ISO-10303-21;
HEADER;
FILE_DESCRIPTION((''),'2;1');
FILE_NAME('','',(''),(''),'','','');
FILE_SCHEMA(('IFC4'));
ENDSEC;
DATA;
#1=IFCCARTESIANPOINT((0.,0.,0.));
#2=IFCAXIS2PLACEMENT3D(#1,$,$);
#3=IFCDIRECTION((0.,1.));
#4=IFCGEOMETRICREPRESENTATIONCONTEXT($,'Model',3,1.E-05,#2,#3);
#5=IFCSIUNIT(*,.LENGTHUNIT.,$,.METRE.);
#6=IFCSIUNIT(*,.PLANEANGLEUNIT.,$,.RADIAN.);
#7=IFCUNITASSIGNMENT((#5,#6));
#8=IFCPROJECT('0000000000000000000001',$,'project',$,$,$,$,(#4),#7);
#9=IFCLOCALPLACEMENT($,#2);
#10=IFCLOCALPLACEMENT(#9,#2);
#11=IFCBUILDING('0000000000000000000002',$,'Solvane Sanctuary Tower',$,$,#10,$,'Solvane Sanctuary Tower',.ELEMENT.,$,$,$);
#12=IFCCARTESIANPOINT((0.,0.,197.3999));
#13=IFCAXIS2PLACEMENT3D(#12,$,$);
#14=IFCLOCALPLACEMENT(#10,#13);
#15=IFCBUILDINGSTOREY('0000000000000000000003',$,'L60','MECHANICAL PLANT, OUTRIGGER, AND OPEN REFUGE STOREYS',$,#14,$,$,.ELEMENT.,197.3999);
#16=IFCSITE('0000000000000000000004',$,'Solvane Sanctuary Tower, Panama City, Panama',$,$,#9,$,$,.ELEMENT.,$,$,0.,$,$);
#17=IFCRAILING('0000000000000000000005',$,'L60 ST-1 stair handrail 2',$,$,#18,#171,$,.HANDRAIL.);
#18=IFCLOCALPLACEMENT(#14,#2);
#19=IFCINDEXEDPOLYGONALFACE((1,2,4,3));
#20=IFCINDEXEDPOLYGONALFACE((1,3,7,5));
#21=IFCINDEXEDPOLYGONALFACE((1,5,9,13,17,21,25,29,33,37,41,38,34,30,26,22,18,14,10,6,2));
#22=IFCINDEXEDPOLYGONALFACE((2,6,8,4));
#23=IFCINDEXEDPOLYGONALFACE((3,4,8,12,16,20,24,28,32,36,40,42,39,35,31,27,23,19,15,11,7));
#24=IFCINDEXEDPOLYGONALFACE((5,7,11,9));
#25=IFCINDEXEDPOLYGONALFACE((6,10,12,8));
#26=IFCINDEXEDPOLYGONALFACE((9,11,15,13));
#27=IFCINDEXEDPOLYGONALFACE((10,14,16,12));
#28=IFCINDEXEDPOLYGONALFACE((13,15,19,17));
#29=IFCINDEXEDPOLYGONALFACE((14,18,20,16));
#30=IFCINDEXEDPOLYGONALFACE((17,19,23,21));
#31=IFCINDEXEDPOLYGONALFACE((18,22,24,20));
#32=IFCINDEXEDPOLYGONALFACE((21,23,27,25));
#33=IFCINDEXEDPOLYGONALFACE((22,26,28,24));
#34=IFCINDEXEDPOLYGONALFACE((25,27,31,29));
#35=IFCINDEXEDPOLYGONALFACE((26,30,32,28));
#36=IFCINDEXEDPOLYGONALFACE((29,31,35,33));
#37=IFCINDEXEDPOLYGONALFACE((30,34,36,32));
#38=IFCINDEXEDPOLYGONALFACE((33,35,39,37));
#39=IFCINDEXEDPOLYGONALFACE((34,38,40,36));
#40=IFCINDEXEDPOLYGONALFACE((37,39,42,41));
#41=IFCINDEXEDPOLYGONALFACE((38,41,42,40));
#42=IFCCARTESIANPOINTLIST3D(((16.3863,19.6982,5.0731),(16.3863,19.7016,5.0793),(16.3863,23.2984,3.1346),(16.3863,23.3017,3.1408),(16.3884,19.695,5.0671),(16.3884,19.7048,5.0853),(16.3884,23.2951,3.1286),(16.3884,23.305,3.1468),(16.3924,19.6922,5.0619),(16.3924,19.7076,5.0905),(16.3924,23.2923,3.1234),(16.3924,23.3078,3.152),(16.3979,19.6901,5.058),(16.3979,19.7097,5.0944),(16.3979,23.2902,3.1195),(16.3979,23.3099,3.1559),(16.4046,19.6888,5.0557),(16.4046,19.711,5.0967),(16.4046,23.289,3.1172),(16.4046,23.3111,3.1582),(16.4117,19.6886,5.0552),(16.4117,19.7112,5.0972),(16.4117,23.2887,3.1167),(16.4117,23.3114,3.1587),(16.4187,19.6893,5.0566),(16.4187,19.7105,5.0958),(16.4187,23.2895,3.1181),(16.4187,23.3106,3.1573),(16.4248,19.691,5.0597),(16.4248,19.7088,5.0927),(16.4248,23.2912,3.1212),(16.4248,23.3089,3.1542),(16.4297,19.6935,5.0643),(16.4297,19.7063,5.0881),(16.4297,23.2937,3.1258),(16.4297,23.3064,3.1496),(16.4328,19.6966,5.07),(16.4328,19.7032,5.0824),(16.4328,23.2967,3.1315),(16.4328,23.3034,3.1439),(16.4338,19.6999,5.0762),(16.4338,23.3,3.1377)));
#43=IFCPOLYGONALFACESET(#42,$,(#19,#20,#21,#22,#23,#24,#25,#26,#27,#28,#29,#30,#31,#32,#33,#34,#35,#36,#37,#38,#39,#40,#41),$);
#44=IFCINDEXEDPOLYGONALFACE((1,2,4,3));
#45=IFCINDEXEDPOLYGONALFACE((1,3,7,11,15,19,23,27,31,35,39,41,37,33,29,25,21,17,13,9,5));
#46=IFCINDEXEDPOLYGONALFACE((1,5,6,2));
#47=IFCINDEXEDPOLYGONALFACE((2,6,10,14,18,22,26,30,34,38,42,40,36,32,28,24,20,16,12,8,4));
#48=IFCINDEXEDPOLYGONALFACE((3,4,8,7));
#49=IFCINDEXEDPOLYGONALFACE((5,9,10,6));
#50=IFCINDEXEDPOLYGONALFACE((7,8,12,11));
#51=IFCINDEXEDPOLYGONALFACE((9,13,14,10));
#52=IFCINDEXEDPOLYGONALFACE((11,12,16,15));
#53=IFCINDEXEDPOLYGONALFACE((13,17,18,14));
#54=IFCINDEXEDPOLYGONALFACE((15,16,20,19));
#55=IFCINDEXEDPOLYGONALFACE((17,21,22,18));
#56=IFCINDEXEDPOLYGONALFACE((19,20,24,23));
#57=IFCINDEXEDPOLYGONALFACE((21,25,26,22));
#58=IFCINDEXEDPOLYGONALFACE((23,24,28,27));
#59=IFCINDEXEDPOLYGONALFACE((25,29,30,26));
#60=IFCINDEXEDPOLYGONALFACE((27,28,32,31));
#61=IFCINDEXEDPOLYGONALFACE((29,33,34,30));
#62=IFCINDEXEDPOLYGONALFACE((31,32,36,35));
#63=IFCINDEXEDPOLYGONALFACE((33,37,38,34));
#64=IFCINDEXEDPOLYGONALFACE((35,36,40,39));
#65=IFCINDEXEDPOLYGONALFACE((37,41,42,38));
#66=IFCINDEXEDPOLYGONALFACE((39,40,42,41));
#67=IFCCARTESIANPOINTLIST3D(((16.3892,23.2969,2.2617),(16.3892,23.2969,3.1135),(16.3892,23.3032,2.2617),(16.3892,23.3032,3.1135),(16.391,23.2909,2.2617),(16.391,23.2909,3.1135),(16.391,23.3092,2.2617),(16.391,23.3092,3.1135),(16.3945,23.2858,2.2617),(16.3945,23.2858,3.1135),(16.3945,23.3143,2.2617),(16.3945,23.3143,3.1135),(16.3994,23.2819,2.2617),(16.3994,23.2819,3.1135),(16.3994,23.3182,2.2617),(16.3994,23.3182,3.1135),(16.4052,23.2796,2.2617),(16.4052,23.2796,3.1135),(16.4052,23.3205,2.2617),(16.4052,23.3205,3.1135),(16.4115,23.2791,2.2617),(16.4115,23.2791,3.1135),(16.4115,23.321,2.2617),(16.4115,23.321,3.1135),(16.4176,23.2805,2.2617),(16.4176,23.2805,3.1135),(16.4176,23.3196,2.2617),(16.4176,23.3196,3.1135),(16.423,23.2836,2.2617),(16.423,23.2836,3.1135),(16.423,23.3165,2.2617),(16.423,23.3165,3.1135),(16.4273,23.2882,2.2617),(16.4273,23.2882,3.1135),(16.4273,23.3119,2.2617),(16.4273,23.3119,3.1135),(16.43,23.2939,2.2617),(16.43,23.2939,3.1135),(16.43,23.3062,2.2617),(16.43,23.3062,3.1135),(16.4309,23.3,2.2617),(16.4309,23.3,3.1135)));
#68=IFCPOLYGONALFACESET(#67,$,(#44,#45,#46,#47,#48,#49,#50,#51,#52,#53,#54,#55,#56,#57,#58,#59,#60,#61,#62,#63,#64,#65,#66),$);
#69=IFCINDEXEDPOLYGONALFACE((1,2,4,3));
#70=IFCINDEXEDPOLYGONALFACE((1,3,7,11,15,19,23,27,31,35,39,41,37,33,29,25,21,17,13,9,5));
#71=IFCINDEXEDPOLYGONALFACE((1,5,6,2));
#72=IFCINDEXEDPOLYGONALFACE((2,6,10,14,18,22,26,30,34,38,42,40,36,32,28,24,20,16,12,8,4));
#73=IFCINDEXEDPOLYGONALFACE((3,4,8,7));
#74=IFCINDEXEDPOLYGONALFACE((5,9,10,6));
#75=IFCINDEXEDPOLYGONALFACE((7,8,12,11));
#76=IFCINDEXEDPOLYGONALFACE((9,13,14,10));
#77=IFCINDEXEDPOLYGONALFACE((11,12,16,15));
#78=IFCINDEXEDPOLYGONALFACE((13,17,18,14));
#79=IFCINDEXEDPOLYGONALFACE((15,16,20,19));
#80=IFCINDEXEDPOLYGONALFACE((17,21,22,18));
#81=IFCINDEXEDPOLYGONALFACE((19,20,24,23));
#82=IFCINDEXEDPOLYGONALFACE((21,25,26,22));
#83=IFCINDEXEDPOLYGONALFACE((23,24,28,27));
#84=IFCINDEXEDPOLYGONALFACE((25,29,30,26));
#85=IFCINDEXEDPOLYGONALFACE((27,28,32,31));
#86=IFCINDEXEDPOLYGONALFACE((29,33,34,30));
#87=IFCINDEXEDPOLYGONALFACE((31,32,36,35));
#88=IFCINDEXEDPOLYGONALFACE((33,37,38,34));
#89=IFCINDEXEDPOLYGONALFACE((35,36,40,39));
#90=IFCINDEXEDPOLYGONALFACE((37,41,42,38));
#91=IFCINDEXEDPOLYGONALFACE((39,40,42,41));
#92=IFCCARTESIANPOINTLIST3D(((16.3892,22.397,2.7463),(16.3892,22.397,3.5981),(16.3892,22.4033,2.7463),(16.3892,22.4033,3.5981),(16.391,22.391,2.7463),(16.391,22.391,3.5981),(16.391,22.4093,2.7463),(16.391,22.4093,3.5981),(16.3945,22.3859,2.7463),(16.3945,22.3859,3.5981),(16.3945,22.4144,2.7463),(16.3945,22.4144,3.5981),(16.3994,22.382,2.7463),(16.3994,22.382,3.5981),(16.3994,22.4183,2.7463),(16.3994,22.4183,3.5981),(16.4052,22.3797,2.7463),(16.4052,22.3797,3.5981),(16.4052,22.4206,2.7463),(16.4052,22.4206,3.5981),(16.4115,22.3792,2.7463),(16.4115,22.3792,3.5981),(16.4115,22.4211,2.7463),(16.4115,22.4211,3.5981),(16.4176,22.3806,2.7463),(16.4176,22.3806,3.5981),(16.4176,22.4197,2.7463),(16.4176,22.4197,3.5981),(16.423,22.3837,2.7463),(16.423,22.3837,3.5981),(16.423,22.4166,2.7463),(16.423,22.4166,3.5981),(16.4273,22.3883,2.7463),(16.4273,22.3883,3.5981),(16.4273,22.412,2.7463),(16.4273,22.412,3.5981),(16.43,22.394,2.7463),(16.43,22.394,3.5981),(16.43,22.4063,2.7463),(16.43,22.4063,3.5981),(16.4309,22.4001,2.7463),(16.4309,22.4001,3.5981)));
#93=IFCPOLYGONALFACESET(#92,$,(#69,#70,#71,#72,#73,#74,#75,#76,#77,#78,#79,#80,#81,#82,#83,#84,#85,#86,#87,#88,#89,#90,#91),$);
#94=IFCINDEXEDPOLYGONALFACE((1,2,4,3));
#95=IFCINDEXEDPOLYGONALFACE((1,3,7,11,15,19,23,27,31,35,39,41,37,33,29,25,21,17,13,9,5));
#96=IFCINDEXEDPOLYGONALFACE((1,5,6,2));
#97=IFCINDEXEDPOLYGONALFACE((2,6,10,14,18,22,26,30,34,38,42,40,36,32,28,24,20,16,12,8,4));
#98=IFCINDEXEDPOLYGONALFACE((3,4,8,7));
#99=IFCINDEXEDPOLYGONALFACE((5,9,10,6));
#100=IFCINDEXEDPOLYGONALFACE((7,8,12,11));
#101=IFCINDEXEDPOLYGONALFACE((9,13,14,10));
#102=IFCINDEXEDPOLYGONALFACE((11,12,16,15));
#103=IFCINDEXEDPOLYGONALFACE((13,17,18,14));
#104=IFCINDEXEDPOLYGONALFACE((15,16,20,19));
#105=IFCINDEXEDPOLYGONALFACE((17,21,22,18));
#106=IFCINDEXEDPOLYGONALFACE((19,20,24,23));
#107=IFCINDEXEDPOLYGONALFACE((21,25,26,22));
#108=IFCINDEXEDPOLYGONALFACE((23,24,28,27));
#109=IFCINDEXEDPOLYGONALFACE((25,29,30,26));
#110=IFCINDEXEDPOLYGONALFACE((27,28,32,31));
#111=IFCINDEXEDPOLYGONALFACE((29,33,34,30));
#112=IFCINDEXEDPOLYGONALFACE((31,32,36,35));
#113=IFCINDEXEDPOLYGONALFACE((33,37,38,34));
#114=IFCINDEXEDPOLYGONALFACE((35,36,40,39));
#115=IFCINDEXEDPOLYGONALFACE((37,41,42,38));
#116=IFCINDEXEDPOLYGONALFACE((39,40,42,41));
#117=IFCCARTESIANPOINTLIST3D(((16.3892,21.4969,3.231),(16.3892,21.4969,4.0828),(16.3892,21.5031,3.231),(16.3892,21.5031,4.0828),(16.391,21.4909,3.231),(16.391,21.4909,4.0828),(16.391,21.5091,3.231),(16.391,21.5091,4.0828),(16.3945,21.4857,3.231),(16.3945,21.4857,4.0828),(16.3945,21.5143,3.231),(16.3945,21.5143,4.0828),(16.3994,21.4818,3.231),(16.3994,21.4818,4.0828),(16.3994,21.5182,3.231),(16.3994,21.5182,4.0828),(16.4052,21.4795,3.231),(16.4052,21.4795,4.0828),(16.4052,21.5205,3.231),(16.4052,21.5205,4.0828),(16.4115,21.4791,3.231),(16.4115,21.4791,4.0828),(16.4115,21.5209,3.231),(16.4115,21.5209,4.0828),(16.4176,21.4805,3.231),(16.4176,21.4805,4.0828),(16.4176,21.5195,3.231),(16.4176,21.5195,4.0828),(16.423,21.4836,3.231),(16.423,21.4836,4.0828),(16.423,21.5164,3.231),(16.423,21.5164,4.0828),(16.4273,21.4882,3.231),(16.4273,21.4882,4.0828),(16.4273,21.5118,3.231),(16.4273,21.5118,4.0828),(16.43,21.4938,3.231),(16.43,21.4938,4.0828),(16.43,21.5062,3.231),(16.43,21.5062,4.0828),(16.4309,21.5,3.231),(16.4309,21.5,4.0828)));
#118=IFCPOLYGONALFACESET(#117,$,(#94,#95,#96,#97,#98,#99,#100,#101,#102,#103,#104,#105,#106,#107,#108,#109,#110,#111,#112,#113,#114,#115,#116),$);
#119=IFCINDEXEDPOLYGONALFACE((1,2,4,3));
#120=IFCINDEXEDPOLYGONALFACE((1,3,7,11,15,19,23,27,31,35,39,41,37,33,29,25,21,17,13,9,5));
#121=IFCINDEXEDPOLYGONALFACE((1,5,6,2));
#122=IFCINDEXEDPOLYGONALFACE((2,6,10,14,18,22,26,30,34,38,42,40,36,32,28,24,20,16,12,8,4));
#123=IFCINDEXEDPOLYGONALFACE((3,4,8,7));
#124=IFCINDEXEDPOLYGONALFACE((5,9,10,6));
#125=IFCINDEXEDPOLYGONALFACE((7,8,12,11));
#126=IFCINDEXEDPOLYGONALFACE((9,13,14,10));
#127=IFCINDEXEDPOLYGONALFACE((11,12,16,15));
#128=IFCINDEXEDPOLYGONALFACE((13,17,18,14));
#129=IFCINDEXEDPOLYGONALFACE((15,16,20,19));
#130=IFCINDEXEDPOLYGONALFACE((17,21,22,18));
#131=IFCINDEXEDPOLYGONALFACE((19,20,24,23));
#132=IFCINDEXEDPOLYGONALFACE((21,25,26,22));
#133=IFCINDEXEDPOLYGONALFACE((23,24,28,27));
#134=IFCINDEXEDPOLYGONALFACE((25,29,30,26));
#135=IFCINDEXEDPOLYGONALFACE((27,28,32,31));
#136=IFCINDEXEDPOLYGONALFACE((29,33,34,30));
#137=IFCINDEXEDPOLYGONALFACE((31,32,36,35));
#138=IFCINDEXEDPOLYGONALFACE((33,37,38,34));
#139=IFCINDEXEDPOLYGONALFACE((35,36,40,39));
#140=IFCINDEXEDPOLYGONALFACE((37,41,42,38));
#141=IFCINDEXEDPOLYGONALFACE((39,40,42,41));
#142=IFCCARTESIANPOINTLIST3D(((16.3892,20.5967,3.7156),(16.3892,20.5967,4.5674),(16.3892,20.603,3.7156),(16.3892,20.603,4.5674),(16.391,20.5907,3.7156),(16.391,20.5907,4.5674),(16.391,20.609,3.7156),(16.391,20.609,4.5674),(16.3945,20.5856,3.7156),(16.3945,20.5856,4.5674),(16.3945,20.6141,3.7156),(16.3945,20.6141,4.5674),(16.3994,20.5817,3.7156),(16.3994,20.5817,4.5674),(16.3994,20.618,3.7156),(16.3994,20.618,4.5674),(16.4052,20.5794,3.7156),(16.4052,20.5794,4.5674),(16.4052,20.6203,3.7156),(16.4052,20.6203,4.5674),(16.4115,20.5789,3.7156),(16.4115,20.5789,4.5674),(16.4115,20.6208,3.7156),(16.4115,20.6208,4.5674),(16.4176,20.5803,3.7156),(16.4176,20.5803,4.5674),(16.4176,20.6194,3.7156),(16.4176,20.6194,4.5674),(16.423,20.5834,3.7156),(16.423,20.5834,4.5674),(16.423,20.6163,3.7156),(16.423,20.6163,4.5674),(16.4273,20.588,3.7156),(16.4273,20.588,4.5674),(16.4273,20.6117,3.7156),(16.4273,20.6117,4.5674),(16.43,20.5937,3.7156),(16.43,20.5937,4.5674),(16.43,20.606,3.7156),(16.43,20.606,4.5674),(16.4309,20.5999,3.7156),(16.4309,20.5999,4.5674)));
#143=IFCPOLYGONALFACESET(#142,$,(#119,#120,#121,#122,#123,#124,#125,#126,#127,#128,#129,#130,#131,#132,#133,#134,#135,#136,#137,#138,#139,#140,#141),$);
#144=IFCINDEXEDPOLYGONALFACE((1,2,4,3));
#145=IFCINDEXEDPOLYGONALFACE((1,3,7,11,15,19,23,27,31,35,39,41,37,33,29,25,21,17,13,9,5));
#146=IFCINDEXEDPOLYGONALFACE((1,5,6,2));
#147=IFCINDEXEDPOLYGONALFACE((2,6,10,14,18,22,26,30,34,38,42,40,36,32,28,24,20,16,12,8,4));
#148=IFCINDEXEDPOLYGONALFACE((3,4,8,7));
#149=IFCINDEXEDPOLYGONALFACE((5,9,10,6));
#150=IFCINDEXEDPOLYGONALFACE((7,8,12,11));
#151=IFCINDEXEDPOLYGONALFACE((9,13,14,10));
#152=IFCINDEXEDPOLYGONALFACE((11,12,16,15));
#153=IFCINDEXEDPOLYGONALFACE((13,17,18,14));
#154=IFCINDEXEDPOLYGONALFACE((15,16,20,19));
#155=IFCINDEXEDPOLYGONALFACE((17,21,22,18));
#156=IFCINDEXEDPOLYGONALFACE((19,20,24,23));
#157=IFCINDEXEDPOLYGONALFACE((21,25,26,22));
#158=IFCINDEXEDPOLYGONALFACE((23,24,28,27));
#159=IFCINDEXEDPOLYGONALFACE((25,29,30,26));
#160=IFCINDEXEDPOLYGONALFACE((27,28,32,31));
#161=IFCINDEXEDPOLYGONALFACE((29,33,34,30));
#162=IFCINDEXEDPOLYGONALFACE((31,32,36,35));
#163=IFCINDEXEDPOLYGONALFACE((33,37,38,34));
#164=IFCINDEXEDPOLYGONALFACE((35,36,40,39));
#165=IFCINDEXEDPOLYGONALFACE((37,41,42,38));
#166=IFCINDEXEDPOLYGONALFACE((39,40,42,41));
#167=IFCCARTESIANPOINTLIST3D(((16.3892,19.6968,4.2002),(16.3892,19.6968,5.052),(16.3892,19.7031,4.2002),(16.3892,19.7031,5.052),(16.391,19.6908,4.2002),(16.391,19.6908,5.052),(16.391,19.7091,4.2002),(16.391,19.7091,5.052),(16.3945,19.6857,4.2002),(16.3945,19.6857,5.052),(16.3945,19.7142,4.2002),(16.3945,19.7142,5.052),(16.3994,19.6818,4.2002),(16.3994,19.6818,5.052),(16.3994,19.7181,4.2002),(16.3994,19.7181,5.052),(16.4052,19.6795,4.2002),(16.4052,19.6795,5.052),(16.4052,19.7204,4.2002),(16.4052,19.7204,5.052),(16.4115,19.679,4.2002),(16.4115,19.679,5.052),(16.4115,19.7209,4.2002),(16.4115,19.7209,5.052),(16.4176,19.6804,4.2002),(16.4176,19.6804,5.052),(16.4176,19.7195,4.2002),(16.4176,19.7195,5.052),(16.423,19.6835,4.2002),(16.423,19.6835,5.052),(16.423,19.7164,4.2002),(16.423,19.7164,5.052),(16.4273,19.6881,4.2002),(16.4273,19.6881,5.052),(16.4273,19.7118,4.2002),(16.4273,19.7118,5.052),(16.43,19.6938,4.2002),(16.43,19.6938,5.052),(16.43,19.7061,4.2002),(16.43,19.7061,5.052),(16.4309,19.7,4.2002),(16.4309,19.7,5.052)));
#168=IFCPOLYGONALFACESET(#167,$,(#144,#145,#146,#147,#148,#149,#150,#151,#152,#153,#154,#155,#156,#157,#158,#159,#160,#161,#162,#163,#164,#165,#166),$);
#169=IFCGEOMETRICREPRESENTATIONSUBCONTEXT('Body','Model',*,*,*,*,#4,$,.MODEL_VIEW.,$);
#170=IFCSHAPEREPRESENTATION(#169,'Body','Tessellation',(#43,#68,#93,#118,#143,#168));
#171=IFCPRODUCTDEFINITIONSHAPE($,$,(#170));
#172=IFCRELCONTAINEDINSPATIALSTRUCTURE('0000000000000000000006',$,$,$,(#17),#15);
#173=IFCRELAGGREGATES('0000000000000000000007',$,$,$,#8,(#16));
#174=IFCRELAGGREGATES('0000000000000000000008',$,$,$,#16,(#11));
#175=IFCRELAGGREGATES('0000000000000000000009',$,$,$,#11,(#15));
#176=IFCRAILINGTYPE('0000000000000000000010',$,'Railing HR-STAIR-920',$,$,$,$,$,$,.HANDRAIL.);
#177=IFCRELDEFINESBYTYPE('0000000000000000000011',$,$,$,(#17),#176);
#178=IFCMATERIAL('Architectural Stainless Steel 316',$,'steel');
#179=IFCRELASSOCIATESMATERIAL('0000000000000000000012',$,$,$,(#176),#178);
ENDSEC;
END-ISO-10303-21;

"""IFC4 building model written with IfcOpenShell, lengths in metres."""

from ifc_helpers import new_model, si_unit, direction, frame, origin, origin_2d, place, context, subcontext, project, spatial, circle, extrude, material, type_object, element, save


model = new_model("IFC4")

# Units and contexts
model_context = context("Model", 3, precision=1e-05, world=origin(), true_north=direction((0.0, 1.0)))
body_context = subcontext(model_context, "Body", "Model", "MODEL_VIEW")
ifc_project = project(units=[si_unit("LENGTHUNIT", "METRE"), si_unit("PLANEANGLEUNIT", "RADIAN")], contexts=[model_context])

# Site, building, storey
site_placement = place(None, origin())
site = spatial("IfcSite", under=ifc_project, at=site_placement, Name="Solvane Sanctuary Tower, Panama City, Panama", CompositionType="ELEMENT", RefElevation=0.0)
building_placement = place(site_placement, origin())
building = spatial("IfcBuilding", under=site, at=building_placement, Name="Solvane Sanctuary Tower", LongName="Solvane Sanctuary Tower", CompositionType="ELEMENT")
storey_placement = place(building_placement, frame((0.0, 0.0, 197.3999)))
storey = spatial("IfcBuildingStorey", under=building, at=storey_placement, Name="L60", Description="MECHANICAL PLANT, OUTRIGGER, AND OPEN REFUGE STOREYS", CompositionType="ELEMENT", Elevation=197.3999)

# Shared definitions
ifc_material_1 = material(Name="Architectural Stainless Steel 316", Category="steel")

# Railing
railing_type_1 = type_object("IfcRailingType", Name="Railing HR-STAIR-920", PredefinedType="HANDRAIL", material=ifc_material_1)
for number, where, name in (
    (1, (16.4099, 23.3, 2.2617), "L60 ST-1 stair handrail 2"),
):
    element("IfcRailing", number, at=place(storey_placement, frame(where)), inside=storey, type_object=railing_type_1, Name=name, PredefinedType="HANDRAIL", context=body_context, shape_type="SweptSolid", body=[
        extrude(circle(Radius=0.0239, at=origin_2d()), frame((0.0, 0.0, 0.876), z_axis=(0.0, -0.880475, 0.474093), x_axis=(1.0, 0.0, 0.0)), (0.0, 0.0, 1.0), 4.0889),
        extrude(circle(Radius=0.021, at=origin_2d()), origin(), (0.0, 0.0, 1.0), 0.8518),
        extrude(circle(Radius=0.021, at=origin_2d()), frame((0.0, -0.8999, 0.4846)), (0.0, 0.0, 1.0), 0.8518),
        extrude(circle(Radius=0.021, at=origin_2d()), frame((0.0, -1.8, 0.9692)), (0.0, 0.0, 1.0), 0.8518),
        extrude(circle(Radius=0.021, at=origin_2d()), frame((0.0, -2.7002, 1.4539)), (0.0, 0.0, 1.0), 0.8518),
        extrude(circle(Radius=0.021, at=origin_2d()), frame((0.0, -3.6001, 1.9385)), (0.0, 0.0, 1.0), 0.8518),
    ])

save(model, "model.ifc")
